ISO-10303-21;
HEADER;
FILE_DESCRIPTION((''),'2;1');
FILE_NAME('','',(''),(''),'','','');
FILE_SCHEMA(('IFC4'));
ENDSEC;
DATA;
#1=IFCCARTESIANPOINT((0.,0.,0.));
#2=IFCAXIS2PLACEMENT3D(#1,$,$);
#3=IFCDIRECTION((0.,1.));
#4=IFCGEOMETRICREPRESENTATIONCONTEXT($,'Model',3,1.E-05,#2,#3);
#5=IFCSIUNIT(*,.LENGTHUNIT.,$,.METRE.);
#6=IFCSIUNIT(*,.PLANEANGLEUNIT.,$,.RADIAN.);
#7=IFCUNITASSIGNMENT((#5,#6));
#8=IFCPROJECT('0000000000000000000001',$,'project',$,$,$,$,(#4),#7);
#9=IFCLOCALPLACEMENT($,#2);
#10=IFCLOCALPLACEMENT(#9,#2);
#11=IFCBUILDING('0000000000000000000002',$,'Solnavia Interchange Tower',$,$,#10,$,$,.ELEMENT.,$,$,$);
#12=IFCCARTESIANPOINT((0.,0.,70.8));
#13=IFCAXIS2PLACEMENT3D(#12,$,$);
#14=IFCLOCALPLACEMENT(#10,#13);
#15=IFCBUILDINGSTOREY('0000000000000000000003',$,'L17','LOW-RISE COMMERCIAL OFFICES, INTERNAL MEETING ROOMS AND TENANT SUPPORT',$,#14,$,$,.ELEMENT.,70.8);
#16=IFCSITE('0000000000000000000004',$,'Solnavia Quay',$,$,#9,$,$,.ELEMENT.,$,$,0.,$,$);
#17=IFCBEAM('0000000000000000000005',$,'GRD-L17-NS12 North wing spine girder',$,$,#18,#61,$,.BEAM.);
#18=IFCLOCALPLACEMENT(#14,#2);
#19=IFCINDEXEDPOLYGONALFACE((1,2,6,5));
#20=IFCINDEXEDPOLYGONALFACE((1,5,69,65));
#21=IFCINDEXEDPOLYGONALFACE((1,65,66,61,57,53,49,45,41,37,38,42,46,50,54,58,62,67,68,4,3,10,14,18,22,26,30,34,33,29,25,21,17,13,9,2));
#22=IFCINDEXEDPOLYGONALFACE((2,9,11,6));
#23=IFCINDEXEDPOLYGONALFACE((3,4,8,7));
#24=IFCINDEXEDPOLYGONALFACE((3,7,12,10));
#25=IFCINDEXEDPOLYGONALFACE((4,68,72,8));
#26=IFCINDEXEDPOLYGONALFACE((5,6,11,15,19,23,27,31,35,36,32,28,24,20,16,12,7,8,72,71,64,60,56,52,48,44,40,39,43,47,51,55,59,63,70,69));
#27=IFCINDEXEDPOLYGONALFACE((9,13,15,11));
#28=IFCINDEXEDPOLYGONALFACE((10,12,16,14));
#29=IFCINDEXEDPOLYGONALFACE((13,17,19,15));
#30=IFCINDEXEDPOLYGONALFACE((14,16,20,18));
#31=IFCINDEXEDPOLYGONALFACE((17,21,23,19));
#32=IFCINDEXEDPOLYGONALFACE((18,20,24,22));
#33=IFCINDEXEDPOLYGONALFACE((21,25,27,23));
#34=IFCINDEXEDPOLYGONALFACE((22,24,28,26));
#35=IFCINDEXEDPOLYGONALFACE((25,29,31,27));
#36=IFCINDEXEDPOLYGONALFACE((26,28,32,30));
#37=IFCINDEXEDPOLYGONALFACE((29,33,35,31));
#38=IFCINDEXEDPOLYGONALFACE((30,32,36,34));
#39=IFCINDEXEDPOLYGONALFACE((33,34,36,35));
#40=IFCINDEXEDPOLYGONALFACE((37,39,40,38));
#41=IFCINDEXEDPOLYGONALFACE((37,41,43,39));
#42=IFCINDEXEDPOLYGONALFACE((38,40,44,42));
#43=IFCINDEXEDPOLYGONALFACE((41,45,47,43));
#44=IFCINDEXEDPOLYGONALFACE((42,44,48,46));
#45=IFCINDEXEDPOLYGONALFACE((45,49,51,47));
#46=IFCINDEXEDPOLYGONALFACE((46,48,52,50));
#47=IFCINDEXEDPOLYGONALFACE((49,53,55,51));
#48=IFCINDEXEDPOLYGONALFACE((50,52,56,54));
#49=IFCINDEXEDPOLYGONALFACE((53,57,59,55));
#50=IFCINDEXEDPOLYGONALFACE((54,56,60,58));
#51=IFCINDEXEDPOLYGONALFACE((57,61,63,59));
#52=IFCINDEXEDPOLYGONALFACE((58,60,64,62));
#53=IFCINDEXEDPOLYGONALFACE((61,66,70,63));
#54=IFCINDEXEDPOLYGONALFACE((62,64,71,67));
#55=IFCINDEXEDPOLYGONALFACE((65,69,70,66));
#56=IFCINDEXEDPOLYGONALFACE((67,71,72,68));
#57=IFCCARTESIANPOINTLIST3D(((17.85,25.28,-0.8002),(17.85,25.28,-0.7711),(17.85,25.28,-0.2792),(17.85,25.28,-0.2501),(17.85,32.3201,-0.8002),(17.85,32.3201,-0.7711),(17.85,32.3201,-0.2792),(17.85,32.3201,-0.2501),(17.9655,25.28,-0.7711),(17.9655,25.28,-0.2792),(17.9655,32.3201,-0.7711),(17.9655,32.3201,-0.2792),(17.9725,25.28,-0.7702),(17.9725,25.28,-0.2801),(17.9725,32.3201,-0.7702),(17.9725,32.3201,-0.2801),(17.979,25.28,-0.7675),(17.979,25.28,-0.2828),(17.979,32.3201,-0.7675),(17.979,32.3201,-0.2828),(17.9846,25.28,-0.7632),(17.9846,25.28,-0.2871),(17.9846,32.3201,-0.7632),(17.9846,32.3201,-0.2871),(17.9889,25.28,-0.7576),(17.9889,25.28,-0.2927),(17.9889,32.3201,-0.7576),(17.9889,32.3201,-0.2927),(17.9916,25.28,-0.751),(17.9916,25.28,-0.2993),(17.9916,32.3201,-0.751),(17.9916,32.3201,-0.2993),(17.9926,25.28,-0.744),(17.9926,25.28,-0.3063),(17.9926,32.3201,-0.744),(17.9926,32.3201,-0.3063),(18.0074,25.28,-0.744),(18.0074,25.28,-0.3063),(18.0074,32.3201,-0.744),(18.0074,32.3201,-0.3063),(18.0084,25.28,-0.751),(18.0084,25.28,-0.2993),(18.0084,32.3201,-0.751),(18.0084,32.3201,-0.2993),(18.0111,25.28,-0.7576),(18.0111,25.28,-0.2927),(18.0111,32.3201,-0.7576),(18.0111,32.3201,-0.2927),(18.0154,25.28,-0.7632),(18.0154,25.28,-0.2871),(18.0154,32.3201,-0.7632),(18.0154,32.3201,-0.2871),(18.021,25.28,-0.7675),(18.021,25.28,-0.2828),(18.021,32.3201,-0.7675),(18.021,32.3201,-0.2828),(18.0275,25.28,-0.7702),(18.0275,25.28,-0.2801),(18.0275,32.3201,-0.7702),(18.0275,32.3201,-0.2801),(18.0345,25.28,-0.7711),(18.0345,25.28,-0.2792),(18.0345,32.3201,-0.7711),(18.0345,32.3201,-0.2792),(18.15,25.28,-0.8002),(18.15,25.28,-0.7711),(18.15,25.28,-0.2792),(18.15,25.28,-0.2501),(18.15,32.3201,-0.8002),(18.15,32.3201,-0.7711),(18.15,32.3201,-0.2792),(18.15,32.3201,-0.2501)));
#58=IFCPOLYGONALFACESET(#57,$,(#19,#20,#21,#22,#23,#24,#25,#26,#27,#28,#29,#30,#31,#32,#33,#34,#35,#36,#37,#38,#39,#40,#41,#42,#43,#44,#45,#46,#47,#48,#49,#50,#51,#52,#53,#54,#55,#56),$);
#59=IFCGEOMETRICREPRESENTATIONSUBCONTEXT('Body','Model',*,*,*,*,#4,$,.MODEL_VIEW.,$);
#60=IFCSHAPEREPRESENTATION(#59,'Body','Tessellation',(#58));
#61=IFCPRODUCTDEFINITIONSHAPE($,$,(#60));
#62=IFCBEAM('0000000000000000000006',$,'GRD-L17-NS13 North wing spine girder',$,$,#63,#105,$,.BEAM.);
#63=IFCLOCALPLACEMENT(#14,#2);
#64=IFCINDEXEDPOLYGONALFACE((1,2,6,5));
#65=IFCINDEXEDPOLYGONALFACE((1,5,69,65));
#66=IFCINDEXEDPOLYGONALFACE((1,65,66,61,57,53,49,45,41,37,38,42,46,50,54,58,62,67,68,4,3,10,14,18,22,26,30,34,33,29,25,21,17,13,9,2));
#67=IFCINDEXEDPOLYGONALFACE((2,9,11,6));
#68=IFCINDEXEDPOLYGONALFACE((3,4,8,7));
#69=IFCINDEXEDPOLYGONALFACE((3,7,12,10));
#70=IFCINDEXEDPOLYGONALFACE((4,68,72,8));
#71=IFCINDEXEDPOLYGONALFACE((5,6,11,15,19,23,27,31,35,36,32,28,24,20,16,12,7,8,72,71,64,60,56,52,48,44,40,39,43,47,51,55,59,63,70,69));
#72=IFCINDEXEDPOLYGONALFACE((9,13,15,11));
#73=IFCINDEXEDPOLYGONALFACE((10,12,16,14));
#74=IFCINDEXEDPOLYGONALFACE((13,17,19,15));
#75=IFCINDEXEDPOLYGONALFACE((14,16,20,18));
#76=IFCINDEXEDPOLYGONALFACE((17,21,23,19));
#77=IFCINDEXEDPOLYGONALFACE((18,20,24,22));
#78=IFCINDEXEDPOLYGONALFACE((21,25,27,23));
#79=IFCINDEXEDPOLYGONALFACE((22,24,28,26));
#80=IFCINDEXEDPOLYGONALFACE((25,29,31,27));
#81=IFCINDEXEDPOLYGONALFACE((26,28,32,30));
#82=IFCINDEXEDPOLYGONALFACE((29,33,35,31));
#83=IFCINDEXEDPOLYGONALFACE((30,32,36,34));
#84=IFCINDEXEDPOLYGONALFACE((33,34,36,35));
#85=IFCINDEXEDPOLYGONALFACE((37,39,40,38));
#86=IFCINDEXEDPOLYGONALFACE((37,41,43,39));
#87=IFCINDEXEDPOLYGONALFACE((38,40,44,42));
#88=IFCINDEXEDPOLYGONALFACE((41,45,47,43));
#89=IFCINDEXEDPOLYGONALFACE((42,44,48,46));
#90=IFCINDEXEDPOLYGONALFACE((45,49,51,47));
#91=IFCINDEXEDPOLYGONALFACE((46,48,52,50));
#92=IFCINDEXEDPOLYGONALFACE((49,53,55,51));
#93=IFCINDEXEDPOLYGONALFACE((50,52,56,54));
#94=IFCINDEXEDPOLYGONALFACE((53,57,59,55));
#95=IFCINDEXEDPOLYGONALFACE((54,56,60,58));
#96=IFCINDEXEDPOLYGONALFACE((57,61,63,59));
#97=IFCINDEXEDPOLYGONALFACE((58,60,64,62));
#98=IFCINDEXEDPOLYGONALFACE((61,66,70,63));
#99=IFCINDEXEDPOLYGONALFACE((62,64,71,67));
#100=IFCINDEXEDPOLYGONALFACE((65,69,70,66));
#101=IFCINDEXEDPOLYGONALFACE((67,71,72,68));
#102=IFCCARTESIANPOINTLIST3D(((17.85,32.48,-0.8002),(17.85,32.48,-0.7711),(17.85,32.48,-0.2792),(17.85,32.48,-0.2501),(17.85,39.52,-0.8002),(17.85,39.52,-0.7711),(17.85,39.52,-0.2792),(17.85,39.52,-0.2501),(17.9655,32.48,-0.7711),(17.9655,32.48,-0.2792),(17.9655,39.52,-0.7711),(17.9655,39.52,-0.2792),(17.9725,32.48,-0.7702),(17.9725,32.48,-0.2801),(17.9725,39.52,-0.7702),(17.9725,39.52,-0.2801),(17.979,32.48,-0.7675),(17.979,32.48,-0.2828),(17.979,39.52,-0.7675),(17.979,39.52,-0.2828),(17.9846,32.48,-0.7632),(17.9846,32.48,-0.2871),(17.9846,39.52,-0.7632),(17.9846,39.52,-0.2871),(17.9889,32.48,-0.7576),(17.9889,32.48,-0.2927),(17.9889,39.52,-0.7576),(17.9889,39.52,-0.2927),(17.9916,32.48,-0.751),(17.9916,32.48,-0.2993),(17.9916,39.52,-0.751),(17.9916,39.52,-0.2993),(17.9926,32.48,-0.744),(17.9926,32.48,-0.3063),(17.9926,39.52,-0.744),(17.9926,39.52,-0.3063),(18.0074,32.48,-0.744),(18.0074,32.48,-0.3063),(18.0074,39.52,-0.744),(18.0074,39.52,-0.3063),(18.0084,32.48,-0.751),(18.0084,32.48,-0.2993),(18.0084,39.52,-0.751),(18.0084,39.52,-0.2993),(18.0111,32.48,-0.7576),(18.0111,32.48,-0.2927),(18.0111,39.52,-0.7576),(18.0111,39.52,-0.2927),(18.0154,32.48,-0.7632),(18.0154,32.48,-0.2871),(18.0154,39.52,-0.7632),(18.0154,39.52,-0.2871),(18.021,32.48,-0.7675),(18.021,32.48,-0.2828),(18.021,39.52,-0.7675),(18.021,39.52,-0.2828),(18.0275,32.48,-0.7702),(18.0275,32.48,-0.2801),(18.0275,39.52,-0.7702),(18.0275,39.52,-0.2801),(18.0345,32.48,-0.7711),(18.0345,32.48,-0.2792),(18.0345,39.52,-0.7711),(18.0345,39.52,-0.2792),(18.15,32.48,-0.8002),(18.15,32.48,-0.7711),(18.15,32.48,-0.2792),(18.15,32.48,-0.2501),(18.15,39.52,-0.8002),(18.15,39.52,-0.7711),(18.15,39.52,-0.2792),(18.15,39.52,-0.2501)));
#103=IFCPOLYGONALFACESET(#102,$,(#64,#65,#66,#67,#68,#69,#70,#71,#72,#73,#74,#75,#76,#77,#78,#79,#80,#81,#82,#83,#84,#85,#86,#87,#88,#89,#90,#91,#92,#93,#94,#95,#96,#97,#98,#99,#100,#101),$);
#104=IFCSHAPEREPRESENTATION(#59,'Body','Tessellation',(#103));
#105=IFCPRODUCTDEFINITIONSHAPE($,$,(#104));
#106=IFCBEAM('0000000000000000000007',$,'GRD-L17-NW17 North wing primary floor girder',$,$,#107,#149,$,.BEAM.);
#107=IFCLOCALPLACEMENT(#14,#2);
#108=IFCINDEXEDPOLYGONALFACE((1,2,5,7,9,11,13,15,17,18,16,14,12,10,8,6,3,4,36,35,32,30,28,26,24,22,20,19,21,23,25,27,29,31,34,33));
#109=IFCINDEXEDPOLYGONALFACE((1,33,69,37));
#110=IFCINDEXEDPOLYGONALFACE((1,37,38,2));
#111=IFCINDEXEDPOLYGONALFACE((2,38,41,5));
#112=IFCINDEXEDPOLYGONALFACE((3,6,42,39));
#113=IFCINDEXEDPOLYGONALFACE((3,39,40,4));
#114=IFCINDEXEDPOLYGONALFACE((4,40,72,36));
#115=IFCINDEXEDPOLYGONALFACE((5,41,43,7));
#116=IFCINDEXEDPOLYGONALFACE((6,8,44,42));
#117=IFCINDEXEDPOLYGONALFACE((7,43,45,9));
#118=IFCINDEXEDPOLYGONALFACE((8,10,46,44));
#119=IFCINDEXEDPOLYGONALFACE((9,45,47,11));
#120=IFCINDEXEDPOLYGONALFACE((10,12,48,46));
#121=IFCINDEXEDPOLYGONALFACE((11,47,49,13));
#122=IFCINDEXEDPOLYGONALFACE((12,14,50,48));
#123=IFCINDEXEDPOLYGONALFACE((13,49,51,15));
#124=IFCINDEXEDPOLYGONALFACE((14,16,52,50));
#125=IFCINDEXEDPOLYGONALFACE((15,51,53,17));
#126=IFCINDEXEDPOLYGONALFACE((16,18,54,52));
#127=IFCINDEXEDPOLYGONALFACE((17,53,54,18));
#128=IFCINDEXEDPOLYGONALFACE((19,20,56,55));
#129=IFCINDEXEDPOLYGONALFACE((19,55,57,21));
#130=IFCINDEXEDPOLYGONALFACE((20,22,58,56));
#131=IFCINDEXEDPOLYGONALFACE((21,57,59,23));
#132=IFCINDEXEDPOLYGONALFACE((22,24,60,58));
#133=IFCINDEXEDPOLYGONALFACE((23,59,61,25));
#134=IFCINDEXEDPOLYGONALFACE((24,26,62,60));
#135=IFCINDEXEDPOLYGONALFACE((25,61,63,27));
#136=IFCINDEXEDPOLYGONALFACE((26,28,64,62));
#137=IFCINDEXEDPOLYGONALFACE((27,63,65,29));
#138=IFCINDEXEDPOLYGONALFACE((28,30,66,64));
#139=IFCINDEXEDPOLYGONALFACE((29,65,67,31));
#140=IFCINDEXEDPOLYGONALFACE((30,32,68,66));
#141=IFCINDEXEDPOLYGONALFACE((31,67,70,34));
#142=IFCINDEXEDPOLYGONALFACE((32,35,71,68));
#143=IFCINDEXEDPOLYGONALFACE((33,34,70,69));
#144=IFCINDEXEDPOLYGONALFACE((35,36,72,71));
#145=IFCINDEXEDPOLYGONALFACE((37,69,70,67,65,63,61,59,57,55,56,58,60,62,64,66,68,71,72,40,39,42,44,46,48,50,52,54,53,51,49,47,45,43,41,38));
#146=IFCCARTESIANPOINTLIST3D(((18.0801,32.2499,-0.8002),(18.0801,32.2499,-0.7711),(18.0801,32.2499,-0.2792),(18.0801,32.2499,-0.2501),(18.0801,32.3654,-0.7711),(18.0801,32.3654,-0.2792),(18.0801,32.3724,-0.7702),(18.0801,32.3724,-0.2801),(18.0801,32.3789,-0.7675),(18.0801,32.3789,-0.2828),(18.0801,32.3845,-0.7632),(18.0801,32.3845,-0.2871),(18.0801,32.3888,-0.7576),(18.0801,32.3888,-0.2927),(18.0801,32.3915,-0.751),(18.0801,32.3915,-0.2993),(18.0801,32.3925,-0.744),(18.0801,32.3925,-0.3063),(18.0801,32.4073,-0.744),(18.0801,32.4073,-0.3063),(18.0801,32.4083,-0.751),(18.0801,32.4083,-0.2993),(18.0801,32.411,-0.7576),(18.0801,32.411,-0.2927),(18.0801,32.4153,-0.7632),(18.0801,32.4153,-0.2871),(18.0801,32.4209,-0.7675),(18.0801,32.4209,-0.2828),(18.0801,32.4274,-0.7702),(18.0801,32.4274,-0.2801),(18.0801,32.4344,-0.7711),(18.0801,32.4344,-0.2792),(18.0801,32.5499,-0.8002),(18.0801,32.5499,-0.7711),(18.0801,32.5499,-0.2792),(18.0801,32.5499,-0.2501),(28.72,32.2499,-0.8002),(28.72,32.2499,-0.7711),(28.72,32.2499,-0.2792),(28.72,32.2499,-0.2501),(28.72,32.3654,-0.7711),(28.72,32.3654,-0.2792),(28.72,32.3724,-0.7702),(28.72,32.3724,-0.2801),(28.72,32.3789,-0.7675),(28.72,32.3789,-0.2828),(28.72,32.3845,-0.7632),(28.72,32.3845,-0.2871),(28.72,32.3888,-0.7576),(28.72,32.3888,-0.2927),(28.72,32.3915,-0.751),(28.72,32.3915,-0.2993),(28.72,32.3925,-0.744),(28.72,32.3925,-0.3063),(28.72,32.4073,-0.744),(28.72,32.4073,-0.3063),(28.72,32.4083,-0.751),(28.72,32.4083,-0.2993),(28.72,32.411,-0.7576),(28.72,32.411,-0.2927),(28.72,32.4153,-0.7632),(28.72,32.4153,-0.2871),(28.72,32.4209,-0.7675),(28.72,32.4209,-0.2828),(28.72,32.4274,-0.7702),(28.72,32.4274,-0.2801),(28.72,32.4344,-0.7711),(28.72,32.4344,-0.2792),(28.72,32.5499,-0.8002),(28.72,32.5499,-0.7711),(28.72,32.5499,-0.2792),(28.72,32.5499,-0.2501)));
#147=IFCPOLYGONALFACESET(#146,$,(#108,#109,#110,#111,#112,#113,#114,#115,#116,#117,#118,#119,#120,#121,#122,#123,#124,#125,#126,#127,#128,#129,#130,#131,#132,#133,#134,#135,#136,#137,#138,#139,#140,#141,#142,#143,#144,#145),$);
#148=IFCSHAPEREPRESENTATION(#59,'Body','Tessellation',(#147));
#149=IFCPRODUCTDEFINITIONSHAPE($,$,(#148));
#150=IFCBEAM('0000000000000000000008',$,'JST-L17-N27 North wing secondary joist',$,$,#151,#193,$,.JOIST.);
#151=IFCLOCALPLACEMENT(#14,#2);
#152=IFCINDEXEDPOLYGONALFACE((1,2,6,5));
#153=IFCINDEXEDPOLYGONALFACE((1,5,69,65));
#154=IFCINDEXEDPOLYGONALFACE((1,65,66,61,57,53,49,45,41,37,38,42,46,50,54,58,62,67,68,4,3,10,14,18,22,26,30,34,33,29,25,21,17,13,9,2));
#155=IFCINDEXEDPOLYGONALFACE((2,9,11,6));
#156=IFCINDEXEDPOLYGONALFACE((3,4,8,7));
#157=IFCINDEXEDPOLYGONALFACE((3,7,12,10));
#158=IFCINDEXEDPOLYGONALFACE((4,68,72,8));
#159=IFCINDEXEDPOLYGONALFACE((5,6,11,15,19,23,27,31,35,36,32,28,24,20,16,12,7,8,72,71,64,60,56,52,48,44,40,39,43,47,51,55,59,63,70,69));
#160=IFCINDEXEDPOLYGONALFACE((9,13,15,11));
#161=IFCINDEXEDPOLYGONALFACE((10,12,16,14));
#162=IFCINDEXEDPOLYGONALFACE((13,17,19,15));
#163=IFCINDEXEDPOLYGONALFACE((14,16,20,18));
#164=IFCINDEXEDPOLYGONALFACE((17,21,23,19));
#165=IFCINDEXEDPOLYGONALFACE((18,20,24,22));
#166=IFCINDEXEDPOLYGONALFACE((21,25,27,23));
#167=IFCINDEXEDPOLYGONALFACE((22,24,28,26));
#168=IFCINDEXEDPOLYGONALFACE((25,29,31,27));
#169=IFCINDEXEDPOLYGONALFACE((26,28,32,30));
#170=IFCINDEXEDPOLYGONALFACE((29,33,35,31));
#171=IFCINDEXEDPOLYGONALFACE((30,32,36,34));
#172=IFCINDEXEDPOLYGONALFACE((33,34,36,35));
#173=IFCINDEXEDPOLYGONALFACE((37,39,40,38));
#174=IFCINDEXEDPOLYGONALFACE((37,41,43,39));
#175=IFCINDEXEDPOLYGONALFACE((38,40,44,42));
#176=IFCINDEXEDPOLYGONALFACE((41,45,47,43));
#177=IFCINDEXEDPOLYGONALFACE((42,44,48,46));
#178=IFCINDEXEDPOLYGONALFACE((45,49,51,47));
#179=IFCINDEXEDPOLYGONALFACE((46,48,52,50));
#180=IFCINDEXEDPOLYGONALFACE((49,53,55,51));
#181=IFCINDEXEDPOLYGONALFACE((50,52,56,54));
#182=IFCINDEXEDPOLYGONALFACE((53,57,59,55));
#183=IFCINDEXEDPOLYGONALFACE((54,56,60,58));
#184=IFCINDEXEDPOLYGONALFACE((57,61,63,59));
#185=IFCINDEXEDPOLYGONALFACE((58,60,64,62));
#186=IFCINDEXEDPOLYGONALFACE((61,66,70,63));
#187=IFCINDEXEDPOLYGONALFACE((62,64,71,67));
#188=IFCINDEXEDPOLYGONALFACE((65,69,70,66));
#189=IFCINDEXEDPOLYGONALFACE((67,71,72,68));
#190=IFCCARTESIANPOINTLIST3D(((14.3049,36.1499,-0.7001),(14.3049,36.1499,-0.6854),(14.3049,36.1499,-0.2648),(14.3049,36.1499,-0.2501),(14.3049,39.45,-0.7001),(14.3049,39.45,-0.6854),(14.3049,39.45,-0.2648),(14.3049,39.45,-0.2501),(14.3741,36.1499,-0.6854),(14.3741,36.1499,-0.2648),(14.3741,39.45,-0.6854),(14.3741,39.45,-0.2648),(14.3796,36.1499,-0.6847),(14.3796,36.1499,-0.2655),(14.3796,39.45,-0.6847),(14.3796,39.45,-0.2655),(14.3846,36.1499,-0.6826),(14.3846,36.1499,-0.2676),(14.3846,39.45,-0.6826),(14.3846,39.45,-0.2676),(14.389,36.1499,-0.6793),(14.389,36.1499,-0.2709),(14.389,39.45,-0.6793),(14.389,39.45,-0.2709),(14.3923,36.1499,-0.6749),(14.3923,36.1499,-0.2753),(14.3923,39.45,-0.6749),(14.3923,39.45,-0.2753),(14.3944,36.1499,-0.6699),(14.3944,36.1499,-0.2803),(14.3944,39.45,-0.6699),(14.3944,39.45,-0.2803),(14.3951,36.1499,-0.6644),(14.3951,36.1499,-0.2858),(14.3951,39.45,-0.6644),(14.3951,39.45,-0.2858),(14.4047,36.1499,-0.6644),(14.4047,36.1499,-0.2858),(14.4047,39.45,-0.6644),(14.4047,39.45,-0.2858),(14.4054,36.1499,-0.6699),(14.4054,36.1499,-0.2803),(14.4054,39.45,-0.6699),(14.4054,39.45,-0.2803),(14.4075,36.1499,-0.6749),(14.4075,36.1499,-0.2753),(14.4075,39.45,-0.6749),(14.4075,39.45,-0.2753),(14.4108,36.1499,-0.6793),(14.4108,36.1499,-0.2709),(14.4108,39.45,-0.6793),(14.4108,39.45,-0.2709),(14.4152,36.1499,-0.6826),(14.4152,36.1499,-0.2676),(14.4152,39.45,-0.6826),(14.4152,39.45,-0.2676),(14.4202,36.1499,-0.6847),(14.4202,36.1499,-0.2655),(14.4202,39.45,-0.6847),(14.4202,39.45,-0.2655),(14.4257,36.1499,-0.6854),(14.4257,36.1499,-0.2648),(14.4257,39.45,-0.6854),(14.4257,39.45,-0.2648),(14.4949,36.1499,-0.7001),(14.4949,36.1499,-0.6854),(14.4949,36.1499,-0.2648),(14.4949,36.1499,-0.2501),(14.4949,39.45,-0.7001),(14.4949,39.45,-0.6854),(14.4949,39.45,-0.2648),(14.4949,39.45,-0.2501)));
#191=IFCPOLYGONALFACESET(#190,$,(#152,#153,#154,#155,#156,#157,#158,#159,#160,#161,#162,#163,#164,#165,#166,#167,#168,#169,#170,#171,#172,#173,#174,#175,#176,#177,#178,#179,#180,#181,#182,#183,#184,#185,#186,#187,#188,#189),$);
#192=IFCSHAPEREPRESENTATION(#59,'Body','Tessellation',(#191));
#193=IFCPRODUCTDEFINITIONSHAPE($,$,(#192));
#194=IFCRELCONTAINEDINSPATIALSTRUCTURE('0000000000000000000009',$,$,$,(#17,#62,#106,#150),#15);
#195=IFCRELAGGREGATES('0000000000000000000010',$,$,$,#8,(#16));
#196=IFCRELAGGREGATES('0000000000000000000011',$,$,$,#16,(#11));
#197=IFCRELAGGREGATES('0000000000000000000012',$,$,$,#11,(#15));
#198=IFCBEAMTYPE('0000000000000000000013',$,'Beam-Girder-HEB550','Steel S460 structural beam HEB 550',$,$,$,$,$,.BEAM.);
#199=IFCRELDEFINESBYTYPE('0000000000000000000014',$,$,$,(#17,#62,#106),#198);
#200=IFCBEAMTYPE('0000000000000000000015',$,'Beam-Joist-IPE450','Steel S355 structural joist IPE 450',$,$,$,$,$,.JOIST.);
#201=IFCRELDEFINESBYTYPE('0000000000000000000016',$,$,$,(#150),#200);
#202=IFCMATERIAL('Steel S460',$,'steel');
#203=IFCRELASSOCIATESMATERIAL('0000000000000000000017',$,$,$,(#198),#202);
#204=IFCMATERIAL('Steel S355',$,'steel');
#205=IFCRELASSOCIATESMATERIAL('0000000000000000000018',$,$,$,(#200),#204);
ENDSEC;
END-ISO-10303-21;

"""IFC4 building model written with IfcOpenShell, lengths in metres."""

from ifc_helpers import new_model, si_unit, direction, frame, origin, origin_2d, place, context, subcontext, project, spatial, i_section, extrude, material, material_profile, profile_set, type_object, element, save


model = new_model("IFC4")

# Units and contexts
model_context = context("Model", 3, precision=1e-05, world=origin(), true_north=direction((0.0, 1.0)))
body_context = subcontext(model_context, "Body", "Model", "MODEL_VIEW")
ifc_project = project(units=[si_unit("LENGTHUNIT", "METRE"), si_unit("PLANEANGLEUNIT", "RADIAN")], contexts=[model_context])

# Site, building, storey
site_placement = place(None, origin())
site = spatial("IfcSite", under=ifc_project, at=site_placement, Name="Solnavia Quay", CompositionType="ELEMENT", RefElevation=0.0)
building_placement = place(site_placement, origin())
building = spatial("IfcBuilding", under=site, at=building_placement, Name="Solnavia Interchange Tower", CompositionType="ELEMENT")
storey_placement = place(building_placement, frame((0.0, 0.0, 70.8)))
storey = spatial("IfcBuildingStorey", under=building, at=storey_placement, Name="L17", Description="LOW-RISE COMMERCIAL OFFICES, INTERNAL MEETING ROOMS AND TENANT SUPPORT", CompositionType="ELEMENT", Elevation=70.8)

# Shared definitions
ifc_material_1 = material(Name="Steel S355", Category="steel")

# Beams
ifc_material_2 = material(Name="Steel S460", Category="steel")
ifc_material_profile_1 = material_profile(ifc_material_2, i_section(OverallWidth=0.3, OverallDepth=0.55, WebThickness=0.0149, FlangeThickness=0.0291, FilletRadius=0.0271, at=origin_2d()), Name="HEB 550")
ifc_profile_set_1 = profile_set([ifc_material_profile_1], Name="Steel S460")
beam_type_1 = type_object("IfcBeamType", Name="Beam-Girder-HEB550", Description="Steel S460 structural beam HEB 550", PredefinedType="BEAM", material=ifc_profile_set_1)
for number, where, z_axis, x_axis, name in (
    (1, (18.0, 25.28, -0.5251), (0.0, 1.0, 0.0), (-1.0, 0.0, 0.0), "GRD-L17-NS12 North wing spine girder"),
    (2, (18.0, 32.48, -0.5251), (0.0, 1.0, 0.0), (-1.0, 0.0, 0.0), "GRD-L17-NS13 North wing spine girder"),
):
    element("IfcBeam", number, at=place(storey_placement, frame(where, z_axis=z_axis, x_axis=x_axis)), inside=storey, type_object=beam_type_1, Name=name, PredefinedType="BEAM", context=body_context, shape_type="SweptSolid", body=[
        extrude(i_section(OverallWidth=0.3, OverallDepth=0.55, WebThickness=0.0149, FlangeThickness=0.0291, FilletRadius=0.0271, at=origin_2d()), origin(), (0.0, 0.0, 1.0), 7.04),
    ])
beam_placement = place(storey_placement, frame((18.0801, 32.3999, -0.5251), z_axis=(1.0, 0.0, 0.0), x_axis=(0.0, 1.0, 0.0)))
element("IfcBeam", 3, at=beam_placement, inside=storey, type_object=beam_type_1, Name="GRD-L17-NW17 North wing primary floor girder", PredefinedType="BEAM", context=body_context, shape_type="SweptSolid", body=[
    extrude(i_section(OverallWidth=0.3, OverallDepth=0.55, WebThickness=0.0149, FlangeThickness=0.0291, FilletRadius=0.0271, at=origin_2d()), origin(), (0.0, 0.0, 1.0), 10.6399),
])
ifc_material_profile_2 = material_profile(ifc_material_1, i_section(OverallWidth=0.1899, OverallDepth=0.45, WebThickness=0.0095, FlangeThickness=0.0146, FilletRadius=0.021, at=origin_2d()), Name="IPE 450")
ifc_profile_set_2 = profile_set([ifc_material_profile_2], Name="Steel S355")
beam_type_2 = type_object("IfcBeamType", Name="Beam-Joist-IPE450", Description="Steel S355 structural joist IPE 450", PredefinedType="JOIST", material=ifc_profile_set_2)
for number, where, z_axis, x_axis, name in (
    (4, (14.3999, 36.1499, -0.4751), (0.0, 1.0, 0.0), (-1.0, 0.0, 0.0), "JST-L17-N27 North wing secondary joist"),
):
    element("IfcBeam", number, at=place(storey_placement, frame(where, z_axis=z_axis, x_axis=x_axis)), inside=storey, type_object=beam_type_2, Name=name, PredefinedType="JOIST", context=body_context, shape_type="SweptSolid", body=[
        extrude(i_section(OverallWidth=0.1899, OverallDepth=0.45, WebThickness=0.0095, FlangeThickness=0.0146, FilletRadius=0.021, at=origin_2d()), origin(), (0.0, 0.0, 1.0), 3.3),
    ])

save(model, "model.ifc")
